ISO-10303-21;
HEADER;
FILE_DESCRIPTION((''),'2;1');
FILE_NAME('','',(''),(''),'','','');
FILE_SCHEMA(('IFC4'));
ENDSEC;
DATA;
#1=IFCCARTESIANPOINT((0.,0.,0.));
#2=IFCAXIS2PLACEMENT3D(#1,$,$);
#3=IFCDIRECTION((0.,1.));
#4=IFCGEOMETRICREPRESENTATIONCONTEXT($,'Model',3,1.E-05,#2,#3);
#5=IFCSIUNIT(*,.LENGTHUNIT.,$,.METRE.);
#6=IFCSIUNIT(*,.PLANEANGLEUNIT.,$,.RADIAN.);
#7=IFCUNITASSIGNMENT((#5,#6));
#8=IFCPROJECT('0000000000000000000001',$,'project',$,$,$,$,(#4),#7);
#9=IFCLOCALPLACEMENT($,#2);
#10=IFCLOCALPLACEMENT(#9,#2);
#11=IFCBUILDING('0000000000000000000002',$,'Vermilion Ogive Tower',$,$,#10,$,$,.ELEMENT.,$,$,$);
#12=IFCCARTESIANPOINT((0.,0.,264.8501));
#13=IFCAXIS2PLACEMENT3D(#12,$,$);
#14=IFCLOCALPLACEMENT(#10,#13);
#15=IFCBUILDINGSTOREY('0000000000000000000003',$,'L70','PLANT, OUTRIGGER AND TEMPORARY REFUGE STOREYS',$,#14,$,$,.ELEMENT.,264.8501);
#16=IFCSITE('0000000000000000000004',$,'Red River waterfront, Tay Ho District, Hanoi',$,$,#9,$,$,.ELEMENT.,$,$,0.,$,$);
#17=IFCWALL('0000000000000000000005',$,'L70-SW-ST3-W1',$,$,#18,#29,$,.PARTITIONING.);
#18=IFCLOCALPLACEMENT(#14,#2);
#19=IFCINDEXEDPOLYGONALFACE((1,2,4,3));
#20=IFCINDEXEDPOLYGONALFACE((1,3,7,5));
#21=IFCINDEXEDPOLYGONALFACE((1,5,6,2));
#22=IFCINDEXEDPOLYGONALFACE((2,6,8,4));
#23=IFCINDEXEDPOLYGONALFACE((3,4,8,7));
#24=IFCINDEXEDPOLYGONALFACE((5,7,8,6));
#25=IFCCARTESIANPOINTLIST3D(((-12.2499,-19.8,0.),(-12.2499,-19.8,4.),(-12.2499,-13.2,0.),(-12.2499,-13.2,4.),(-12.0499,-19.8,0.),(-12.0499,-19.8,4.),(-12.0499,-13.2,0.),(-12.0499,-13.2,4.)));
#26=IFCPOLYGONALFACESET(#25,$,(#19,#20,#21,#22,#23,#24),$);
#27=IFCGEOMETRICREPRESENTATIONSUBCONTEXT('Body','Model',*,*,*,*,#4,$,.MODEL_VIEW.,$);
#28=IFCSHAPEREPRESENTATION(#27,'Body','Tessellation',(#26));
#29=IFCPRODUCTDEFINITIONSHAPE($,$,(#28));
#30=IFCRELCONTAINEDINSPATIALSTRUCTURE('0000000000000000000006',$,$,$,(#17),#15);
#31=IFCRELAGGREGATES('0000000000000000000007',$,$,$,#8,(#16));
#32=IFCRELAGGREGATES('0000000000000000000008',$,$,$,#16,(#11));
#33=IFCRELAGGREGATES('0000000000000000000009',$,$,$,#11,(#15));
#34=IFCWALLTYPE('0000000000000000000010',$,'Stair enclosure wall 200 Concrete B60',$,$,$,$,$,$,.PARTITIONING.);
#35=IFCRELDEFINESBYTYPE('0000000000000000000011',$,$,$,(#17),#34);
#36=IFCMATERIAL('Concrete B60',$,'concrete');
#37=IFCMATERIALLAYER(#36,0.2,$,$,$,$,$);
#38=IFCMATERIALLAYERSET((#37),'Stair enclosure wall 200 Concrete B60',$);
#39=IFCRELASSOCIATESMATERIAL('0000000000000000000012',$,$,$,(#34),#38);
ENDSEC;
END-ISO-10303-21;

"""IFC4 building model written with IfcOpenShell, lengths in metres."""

from ifc_helpers import new_model, si_unit, direction, frame, frame_2d, origin, place, context, subcontext, project, spatial, rectangle, extrude, material, layer, layer_set, type_object, element, save


model = new_model("IFC4")

# Units and contexts
model_context = context("Model", 3, precision=1e-05, world=origin(), true_north=direction((0.0, 1.0)))
body_context = subcontext(model_context, "Body", "Model", "MODEL_VIEW")
ifc_project = project(units=[si_unit("LENGTHUNIT", "METRE"), si_unit("PLANEANGLEUNIT", "RADIAN")], contexts=[model_context])

# Site, building, storey
site_placement = place(None, origin())
site = spatial("IfcSite", under=ifc_project, at=site_placement, Name="Red River waterfront, Tay Ho District, Hanoi", CompositionType="ELEMENT", RefElevation=0.0)
building_placement = place(site_placement, origin())
building = spatial("IfcBuilding", under=site, at=building_placement, Name="Vermilion Ogive Tower", CompositionType="ELEMENT")
storey_placement = place(building_placement, frame((0.0, 0.0, 264.8501)))
storey = spatial("IfcBuildingStorey", under=building, at=storey_placement, Name="L70", Description="PLANT, OUTRIGGER AND TEMPORARY REFUGE STOREYS", CompositionType="ELEMENT", Elevation=264.8501)

# Wall
ifc_material_1 = material(Name="Concrete B60", Category="concrete")
ifc_layer_1 = layer(ifc_material_1, 0.2)
ifc_layer_set_1 = layer_set([ifc_layer_1], Name="Stair enclosure wall 200 Concrete B60")
wall_type_1 = type_object("IfcWallType", Name="Stair enclosure wall 200 Concrete B60", PredefinedType="PARTITIONING", material=ifc_layer_set_1)
wall_1_placement = place(storey_placement, frame((-12.1499, -19.8, 0.0), z_axis=(0.0, 0.0, 1.0), x_axis=(0.0, 1.0, 0.0)))
element("IfcWall", 1, at=wall_1_placement, inside=storey, type_object=wall_type_1, Name="L70-SW-ST3-W1", PredefinedType="PARTITIONING", context=body_context, shape_type="SweptSolid", body=[
    extrude(rectangle(XDim=6.6001, YDim=0.2, at=frame_2d((3.3, 0.0))), origin(), (0.0, 0.0, 1.0), 4.0),
])

save(model, "model.ifc")
